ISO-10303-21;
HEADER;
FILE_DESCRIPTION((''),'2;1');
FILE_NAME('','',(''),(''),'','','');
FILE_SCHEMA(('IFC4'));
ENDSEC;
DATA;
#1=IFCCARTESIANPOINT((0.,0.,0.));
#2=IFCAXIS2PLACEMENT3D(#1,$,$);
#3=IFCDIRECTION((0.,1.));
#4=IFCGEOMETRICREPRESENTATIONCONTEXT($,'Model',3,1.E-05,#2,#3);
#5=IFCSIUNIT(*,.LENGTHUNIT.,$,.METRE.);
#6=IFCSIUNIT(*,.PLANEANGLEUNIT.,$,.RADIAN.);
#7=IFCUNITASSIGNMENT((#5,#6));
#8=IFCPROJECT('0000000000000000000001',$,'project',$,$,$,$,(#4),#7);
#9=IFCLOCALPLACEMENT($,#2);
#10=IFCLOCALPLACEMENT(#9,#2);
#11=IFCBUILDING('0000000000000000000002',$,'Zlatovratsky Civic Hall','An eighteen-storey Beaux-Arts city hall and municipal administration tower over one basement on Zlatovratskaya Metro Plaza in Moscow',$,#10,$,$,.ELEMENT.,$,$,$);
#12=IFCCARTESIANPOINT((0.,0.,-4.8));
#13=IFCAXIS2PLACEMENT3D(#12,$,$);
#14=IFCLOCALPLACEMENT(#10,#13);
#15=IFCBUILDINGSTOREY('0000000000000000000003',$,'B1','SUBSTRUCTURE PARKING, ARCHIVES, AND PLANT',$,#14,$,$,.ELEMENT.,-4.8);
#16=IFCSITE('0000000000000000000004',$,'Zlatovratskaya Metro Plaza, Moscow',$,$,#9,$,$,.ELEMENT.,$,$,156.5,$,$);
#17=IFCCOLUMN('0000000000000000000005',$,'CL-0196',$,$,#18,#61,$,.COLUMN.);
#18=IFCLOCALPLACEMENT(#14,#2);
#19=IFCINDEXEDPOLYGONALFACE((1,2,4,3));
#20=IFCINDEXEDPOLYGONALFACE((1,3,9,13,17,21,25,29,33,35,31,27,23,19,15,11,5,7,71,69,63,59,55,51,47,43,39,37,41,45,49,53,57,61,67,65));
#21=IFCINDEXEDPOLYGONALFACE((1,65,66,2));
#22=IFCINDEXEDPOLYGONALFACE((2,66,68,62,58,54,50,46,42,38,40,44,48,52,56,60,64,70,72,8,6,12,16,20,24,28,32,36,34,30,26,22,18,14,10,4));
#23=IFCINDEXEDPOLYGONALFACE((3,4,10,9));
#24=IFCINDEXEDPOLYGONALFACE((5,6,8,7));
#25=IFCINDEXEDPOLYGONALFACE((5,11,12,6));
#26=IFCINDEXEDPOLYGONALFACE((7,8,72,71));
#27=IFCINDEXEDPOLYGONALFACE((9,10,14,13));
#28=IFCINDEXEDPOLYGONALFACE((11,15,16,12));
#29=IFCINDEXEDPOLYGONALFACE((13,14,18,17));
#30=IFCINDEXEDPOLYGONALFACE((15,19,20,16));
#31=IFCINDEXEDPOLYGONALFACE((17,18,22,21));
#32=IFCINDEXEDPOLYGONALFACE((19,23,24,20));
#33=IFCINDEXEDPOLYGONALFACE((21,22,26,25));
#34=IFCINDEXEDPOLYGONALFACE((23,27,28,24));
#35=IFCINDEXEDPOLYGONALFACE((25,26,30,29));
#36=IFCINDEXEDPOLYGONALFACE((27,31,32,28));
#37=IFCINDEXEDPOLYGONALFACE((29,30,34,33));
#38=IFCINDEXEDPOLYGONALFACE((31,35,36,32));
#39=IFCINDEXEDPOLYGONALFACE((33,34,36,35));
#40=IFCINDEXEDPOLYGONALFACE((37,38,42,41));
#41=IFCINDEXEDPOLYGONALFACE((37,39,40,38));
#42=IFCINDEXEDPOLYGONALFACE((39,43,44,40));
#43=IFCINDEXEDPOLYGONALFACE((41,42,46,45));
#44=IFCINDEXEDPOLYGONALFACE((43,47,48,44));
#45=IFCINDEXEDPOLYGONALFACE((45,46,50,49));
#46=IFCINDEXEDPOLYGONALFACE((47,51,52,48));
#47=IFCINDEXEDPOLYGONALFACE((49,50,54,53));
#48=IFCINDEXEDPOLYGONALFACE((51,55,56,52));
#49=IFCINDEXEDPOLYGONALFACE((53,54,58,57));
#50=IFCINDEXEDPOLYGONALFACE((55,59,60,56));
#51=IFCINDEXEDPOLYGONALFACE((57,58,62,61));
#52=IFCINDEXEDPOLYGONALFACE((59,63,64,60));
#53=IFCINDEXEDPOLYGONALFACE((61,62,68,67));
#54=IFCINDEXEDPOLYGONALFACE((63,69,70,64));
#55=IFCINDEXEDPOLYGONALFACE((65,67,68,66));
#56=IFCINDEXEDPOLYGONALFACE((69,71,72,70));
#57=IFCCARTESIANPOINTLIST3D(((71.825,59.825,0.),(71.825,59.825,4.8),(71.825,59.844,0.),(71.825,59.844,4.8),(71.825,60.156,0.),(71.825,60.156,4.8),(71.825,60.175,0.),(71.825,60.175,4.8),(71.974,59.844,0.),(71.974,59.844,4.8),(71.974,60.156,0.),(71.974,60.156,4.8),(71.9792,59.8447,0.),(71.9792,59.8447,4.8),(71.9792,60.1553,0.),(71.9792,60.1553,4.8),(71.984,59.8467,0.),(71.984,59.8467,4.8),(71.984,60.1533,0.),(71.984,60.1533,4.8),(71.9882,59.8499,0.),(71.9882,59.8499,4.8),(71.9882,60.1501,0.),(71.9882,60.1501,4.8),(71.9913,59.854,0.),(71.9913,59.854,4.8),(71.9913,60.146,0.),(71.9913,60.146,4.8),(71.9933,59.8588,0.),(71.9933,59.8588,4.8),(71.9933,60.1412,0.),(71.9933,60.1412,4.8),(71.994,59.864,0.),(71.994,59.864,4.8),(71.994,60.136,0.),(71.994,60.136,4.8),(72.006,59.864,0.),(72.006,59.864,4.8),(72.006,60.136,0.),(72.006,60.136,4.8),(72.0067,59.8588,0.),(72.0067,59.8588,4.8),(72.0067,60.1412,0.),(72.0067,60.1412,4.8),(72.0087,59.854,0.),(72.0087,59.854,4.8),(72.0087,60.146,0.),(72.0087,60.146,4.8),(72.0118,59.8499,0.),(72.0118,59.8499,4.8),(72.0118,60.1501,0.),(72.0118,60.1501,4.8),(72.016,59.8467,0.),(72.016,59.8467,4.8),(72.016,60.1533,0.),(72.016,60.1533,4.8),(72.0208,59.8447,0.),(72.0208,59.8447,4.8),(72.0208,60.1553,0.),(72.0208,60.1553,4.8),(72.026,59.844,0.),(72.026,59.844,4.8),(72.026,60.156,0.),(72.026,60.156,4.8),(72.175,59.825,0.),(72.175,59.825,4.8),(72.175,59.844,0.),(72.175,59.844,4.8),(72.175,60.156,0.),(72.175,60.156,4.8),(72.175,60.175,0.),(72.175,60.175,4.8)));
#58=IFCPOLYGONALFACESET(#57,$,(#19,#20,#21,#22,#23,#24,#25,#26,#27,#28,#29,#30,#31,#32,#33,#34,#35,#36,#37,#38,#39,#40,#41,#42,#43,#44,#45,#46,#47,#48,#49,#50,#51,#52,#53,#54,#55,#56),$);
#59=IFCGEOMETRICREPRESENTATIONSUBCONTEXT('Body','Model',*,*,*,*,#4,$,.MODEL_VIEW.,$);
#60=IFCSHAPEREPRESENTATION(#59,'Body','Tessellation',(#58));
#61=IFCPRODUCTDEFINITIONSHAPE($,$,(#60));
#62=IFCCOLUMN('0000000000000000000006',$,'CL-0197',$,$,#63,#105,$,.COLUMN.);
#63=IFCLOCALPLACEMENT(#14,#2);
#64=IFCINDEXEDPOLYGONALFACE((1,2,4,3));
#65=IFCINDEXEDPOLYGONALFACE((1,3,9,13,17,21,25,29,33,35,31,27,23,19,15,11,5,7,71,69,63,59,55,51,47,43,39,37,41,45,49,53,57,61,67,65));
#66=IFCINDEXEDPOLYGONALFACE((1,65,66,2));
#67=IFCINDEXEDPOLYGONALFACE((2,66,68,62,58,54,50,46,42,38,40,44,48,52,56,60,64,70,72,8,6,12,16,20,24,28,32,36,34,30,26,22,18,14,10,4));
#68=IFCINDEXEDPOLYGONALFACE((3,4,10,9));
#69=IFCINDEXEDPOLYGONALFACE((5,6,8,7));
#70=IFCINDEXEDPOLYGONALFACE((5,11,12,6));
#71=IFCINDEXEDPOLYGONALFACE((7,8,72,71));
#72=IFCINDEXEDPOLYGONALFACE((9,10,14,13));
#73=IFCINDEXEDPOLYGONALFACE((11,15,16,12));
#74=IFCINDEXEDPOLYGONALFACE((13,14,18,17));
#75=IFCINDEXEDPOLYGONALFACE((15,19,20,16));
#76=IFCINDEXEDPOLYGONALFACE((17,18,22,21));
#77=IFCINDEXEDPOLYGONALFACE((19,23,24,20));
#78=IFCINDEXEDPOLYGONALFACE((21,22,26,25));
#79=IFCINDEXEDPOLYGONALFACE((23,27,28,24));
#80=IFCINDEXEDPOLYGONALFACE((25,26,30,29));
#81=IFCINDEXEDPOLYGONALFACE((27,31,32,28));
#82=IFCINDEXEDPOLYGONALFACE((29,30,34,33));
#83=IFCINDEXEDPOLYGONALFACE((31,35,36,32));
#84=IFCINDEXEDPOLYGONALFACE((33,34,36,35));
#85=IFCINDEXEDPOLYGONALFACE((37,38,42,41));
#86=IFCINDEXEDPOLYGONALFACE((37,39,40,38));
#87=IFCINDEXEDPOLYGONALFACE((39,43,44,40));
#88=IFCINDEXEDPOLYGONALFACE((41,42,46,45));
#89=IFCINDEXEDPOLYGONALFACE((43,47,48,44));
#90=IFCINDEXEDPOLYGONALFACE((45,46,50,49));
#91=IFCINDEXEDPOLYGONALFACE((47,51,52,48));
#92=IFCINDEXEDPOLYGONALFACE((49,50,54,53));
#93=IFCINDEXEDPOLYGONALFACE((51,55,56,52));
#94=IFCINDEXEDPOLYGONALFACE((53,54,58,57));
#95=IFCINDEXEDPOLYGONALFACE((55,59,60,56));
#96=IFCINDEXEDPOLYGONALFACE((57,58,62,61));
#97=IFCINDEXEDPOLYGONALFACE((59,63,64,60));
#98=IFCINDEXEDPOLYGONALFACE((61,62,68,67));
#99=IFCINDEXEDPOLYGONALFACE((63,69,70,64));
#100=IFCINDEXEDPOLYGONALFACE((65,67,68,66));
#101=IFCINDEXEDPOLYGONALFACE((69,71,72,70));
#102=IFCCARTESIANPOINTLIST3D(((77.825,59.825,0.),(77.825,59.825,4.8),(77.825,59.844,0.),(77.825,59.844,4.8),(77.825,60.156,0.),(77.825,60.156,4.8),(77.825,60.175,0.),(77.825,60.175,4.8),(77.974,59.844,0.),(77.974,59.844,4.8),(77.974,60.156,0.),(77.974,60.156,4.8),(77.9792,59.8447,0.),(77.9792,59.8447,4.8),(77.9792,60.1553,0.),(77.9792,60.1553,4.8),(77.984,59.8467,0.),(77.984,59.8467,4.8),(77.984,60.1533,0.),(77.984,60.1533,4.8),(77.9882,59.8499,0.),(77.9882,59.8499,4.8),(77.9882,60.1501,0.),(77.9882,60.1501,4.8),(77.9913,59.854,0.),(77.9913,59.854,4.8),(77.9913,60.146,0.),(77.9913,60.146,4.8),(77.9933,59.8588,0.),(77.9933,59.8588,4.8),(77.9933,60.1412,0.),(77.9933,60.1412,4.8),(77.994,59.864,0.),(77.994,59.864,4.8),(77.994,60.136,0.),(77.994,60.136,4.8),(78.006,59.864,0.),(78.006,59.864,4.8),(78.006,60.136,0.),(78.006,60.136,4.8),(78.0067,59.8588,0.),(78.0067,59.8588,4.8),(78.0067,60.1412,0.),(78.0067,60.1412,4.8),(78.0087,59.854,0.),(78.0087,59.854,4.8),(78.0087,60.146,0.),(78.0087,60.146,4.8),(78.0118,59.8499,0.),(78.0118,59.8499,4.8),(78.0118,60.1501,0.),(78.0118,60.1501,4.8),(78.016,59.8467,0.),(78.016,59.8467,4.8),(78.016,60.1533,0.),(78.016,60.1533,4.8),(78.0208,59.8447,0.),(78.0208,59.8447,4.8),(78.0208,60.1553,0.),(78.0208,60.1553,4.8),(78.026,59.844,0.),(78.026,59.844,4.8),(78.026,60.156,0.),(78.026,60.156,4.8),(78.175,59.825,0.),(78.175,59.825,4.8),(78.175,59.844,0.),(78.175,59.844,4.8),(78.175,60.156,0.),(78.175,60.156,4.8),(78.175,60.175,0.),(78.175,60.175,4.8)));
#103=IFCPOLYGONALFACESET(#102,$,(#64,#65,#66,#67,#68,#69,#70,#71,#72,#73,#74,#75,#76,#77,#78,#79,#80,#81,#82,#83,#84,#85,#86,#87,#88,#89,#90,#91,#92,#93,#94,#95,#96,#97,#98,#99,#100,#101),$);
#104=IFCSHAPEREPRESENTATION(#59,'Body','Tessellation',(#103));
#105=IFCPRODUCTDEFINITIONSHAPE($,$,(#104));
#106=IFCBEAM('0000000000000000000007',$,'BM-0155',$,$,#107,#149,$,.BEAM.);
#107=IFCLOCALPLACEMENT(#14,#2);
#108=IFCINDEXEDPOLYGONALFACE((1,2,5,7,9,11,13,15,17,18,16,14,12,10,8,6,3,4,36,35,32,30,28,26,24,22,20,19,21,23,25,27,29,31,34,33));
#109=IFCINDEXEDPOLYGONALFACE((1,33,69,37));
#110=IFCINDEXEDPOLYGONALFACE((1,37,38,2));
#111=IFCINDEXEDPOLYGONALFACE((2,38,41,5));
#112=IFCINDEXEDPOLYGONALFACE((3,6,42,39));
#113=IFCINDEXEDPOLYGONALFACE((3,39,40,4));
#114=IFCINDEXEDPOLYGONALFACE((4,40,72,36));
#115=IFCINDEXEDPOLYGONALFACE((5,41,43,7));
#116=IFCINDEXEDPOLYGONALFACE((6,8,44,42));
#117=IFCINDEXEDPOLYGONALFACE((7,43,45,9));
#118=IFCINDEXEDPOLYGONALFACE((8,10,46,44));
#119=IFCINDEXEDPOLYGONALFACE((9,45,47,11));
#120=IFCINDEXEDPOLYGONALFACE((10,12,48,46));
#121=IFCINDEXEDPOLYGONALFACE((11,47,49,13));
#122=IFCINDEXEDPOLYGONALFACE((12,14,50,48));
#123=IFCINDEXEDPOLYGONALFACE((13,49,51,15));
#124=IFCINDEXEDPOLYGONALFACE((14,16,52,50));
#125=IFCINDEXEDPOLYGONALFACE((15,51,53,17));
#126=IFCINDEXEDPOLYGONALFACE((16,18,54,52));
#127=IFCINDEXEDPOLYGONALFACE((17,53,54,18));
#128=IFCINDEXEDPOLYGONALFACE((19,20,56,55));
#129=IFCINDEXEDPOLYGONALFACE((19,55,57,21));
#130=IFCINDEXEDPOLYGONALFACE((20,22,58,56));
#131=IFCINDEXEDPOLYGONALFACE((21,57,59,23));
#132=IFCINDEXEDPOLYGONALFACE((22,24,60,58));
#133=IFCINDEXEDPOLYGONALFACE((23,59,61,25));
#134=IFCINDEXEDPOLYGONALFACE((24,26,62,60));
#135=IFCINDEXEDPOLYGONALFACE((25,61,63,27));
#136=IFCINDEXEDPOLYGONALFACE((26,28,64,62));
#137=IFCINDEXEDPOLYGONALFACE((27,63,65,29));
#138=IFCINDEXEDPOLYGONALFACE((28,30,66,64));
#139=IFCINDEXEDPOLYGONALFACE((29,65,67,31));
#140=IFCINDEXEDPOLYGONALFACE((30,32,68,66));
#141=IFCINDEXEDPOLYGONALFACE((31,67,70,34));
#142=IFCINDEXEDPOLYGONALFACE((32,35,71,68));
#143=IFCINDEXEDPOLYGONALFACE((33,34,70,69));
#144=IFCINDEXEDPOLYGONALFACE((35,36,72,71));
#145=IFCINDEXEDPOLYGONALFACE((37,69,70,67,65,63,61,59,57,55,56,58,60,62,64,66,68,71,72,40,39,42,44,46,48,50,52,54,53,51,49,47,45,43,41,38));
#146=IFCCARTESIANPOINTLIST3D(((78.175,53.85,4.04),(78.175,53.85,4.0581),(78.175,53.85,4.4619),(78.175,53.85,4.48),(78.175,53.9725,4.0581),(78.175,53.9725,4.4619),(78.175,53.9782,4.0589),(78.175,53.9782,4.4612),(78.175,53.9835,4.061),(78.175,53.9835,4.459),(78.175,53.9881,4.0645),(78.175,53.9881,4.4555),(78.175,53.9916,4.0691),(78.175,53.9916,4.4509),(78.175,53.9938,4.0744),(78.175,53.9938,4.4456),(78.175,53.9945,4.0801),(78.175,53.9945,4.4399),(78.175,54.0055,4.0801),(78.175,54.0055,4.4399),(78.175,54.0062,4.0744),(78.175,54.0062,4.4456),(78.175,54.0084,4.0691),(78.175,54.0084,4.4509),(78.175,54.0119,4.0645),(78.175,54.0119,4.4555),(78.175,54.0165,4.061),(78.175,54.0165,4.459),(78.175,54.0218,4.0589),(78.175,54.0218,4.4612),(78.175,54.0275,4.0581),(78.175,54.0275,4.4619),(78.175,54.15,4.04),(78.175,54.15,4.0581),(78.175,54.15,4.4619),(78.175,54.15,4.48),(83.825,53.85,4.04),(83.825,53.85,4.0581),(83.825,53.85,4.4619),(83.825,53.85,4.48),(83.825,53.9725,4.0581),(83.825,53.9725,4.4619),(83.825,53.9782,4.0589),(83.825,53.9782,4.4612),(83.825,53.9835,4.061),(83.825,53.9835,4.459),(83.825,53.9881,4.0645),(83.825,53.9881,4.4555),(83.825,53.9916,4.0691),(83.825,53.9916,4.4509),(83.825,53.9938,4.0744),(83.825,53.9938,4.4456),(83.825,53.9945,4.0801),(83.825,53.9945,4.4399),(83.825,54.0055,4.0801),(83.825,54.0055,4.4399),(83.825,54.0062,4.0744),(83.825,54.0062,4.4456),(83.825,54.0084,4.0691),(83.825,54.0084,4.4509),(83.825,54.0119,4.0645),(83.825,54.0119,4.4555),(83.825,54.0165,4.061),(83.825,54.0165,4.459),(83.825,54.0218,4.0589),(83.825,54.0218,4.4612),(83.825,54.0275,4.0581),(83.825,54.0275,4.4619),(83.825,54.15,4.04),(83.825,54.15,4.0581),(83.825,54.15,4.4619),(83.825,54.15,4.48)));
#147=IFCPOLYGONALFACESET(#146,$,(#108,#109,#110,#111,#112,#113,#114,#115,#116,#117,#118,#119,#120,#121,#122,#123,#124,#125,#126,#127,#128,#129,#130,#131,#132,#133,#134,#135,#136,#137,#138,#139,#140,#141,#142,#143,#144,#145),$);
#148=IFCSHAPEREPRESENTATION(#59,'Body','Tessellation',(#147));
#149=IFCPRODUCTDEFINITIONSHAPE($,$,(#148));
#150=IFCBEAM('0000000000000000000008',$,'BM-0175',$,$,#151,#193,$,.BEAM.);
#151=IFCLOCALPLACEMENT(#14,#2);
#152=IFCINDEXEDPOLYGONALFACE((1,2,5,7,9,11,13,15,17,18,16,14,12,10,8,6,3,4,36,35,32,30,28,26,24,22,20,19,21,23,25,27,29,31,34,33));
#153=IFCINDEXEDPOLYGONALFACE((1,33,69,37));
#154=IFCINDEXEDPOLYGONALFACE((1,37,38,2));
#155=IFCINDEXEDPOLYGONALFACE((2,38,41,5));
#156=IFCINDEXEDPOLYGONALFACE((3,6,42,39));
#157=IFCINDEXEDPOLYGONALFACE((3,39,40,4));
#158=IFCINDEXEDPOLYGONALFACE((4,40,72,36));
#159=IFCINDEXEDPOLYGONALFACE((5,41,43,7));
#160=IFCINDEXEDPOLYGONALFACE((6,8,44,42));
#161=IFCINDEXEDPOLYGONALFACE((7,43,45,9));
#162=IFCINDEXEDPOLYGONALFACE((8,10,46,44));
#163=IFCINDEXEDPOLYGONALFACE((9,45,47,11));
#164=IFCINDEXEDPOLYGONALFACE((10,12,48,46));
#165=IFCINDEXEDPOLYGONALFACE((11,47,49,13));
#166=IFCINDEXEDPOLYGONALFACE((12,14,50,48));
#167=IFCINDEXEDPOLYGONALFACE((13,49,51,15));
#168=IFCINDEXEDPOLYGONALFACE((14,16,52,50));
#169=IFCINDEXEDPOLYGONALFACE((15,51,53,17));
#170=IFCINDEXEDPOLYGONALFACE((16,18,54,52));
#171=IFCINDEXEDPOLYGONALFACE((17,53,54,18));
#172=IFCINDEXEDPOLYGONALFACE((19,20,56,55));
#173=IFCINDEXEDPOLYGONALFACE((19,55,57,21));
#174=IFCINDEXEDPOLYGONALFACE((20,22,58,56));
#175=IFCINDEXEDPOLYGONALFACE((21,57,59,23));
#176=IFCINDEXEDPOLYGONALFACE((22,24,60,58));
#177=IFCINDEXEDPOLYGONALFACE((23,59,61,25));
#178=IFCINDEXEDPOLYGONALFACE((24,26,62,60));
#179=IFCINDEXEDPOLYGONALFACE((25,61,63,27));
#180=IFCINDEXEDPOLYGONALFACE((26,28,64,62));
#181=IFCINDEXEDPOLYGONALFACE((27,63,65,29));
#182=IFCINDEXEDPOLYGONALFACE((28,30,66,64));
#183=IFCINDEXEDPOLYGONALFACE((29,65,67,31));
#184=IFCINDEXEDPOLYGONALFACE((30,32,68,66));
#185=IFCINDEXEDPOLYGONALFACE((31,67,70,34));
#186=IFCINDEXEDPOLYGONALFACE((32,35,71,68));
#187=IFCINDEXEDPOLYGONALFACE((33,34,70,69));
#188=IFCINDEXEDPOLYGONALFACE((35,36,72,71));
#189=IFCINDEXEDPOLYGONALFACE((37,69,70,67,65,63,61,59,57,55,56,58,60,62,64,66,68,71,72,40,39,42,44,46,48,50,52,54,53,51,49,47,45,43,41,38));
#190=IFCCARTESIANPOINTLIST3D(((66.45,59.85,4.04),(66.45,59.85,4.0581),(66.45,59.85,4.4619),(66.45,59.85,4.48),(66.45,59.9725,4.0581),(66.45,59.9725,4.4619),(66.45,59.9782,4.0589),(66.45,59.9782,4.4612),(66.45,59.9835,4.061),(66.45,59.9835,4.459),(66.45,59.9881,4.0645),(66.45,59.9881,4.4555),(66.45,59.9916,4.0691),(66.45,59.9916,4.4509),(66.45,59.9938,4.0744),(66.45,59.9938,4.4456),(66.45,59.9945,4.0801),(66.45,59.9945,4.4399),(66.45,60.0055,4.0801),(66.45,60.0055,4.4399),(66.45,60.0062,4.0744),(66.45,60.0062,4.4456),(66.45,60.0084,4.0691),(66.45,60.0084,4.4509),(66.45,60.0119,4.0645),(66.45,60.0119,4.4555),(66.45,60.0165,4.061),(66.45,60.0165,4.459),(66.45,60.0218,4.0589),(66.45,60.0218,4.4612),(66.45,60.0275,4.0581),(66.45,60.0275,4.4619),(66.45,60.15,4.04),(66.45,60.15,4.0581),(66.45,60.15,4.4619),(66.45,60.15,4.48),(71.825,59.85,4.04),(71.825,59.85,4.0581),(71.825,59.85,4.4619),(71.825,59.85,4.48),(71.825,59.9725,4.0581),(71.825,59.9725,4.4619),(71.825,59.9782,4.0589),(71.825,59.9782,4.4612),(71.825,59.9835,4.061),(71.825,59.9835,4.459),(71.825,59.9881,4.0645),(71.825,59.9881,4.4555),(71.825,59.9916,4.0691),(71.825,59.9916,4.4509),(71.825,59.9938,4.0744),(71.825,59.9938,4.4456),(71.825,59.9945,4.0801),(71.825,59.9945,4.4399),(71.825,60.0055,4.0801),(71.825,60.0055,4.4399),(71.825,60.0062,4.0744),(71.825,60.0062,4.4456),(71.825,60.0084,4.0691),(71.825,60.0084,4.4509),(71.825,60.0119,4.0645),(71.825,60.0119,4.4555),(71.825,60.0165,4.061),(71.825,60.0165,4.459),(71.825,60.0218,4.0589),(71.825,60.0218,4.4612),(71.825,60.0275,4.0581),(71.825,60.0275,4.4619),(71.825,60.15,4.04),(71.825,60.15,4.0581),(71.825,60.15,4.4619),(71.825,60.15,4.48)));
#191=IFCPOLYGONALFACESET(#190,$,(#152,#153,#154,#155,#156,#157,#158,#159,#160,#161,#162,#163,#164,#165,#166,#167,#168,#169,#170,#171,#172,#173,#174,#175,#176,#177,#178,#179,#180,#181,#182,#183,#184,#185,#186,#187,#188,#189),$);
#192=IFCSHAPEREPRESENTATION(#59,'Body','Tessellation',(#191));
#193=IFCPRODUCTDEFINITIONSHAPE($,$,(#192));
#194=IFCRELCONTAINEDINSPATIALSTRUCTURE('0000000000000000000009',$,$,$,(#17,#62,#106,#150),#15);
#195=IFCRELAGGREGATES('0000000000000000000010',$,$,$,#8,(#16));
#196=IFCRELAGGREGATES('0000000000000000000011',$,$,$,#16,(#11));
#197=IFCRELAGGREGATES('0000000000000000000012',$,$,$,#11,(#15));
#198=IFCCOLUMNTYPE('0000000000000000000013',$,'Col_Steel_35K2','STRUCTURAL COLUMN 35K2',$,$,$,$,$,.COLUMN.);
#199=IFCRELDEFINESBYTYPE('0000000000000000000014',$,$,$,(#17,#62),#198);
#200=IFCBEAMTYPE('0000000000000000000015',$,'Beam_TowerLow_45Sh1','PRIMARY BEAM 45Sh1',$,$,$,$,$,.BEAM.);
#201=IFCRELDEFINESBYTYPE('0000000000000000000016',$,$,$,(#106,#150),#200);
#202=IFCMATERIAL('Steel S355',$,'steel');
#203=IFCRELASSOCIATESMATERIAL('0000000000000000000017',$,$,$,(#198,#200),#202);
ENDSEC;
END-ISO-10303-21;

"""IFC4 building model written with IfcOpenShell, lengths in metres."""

from ifc_helpers import new_model, si_unit, direction, frame, origin, origin_2d, place, context, subcontext, project, spatial, i_section, extrude, material, material_profile, profile_set, type_object, element, save


model = new_model("IFC4")

# Units and contexts
model_context = context("Model", 3, precision=1e-05, world=origin(), true_north=direction((0.0, 1.0)))
body_context = subcontext(model_context, "Body", "Model", "MODEL_VIEW")
ifc_project = project(units=[si_unit("LENGTHUNIT", "METRE"), si_unit("PLANEANGLEUNIT", "RADIAN")], contexts=[model_context])

# Site, building, storey
site_placement = place(None, origin())
site = spatial("IfcSite", under=ifc_project, at=site_placement, Name="Zlatovratskaya Metro Plaza, Moscow", CompositionType="ELEMENT", RefElevation=156.5)
building_placement = place(site_placement, origin())
building = spatial("IfcBuilding", under=site, at=building_placement, Name="Zlatovratsky Civic Hall", Description="An eighteen-storey Beaux-Arts city hall and municipal administration tower over one basement on Zlatovratskaya Metro Plaza in Moscow", CompositionType="ELEMENT")
storey_placement = place(building_placement, frame((0.0, 0.0, -4.8)))
storey = spatial("IfcBuildingStorey", under=building, at=storey_placement, Name="B1", Description="SUBSTRUCTURE PARKING, ARCHIVES, AND PLANT", CompositionType="ELEMENT", Elevation=-4.8)

# Columns
ifc_material_1 = material(Name="Steel S355", Category="steel")
ifc_material_profile_1 = material_profile(ifc_material_1, i_section(OverallWidth=0.3501, OverallDepth=0.3501, WebThickness=0.012, FlangeThickness=0.019, FilletRadius=0.02, at=origin_2d()), Name="35K2")
ifc_profile_set_1 = profile_set([ifc_material_profile_1], Name="Steel S355")
column_type_1 = type_object("IfcColumnType", Name="Col_Steel_35K2", Description="STRUCTURAL COLUMN 35K2", PredefinedType="COLUMN", material=ifc_profile_set_1)
for number, where, z_axis, x_axis, name in (
    (1, (72.0, 60.0, 0.0), (0.0, 0.0, 1.0), (1.0, 0.0, 0.0), "CL-0196"),
    (2, (78.0, 60.0, 0.0), (0.0, 0.0, 1.0), (1.0, 0.0, 0.0), "CL-0197"),
):
    element("IfcColumn", number, at=place(storey_placement, frame(where, z_axis=z_axis, x_axis=x_axis)), inside=storey, type_object=column_type_1, Name=name, PredefinedType="COLUMN", context=body_context, shape_type="SweptSolid", body=[
        extrude(i_section(OverallWidth=0.3501, OverallDepth=0.3501, WebThickness=0.012, FlangeThickness=0.019, FilletRadius=0.02, at=origin_2d()), origin(), (0.0, 0.0, 1.0), 4.8),
    ])

# Beams
ifc_material_profile_2 = material_profile(ifc_material_1, i_section(OverallWidth=0.3, OverallDepth=0.4399, WebThickness=0.011, FlangeThickness=0.0181, FilletRadius=0.022, at=origin_2d()), Name="45Sh1")
ifc_profile_set_2 = profile_set([ifc_material_profile_2], Name="Steel S355")
beam_type = type_object("IfcBeamType", Name="Beam_TowerLow_45Sh1", Description="PRIMARY BEAM 45Sh1", PredefinedType="BEAM", material=ifc_profile_set_2)
beam_1_placement = place(storey_placement, frame((78.175, 54.0, 4.26), z_axis=(1.0, 0.0, 0.0), x_axis=(0.0, 1.0, 0.0)))
element("IfcBeam", 3, at=beam_1_placement, inside=storey, type_object=beam_type, Name="BM-0155", PredefinedType="BEAM", context=body_context, shape_type="SweptSolid", body=[
    extrude(i_section(OverallWidth=0.3, OverallDepth=0.4399, WebThickness=0.011, FlangeThickness=0.0181, FilletRadius=0.022, at=origin_2d()), origin(), (0.0, 0.0, 1.0), 5.6499),
])
beam_2_placement = place(storey_placement, frame((66.45, 60.0, 4.26), z_axis=(1.0, 0.0, 0.0), x_axis=(0.0, 1.0, 0.0)))
element("IfcBeam", 4, at=beam_2_placement, inside=storey, type_object=beam_type, Name="BM-0175", PredefinedType="BEAM", context=body_context, shape_type="SweptSolid", body=[
    extrude(i_section(OverallWidth=0.3, OverallDepth=0.4399, WebThickness=0.011, FlangeThickness=0.0181, FilletRadius=0.022, at=origin_2d()), origin(), (0.0, 0.0, 1.0), 5.375),
])

save(model, "model.ifc")
